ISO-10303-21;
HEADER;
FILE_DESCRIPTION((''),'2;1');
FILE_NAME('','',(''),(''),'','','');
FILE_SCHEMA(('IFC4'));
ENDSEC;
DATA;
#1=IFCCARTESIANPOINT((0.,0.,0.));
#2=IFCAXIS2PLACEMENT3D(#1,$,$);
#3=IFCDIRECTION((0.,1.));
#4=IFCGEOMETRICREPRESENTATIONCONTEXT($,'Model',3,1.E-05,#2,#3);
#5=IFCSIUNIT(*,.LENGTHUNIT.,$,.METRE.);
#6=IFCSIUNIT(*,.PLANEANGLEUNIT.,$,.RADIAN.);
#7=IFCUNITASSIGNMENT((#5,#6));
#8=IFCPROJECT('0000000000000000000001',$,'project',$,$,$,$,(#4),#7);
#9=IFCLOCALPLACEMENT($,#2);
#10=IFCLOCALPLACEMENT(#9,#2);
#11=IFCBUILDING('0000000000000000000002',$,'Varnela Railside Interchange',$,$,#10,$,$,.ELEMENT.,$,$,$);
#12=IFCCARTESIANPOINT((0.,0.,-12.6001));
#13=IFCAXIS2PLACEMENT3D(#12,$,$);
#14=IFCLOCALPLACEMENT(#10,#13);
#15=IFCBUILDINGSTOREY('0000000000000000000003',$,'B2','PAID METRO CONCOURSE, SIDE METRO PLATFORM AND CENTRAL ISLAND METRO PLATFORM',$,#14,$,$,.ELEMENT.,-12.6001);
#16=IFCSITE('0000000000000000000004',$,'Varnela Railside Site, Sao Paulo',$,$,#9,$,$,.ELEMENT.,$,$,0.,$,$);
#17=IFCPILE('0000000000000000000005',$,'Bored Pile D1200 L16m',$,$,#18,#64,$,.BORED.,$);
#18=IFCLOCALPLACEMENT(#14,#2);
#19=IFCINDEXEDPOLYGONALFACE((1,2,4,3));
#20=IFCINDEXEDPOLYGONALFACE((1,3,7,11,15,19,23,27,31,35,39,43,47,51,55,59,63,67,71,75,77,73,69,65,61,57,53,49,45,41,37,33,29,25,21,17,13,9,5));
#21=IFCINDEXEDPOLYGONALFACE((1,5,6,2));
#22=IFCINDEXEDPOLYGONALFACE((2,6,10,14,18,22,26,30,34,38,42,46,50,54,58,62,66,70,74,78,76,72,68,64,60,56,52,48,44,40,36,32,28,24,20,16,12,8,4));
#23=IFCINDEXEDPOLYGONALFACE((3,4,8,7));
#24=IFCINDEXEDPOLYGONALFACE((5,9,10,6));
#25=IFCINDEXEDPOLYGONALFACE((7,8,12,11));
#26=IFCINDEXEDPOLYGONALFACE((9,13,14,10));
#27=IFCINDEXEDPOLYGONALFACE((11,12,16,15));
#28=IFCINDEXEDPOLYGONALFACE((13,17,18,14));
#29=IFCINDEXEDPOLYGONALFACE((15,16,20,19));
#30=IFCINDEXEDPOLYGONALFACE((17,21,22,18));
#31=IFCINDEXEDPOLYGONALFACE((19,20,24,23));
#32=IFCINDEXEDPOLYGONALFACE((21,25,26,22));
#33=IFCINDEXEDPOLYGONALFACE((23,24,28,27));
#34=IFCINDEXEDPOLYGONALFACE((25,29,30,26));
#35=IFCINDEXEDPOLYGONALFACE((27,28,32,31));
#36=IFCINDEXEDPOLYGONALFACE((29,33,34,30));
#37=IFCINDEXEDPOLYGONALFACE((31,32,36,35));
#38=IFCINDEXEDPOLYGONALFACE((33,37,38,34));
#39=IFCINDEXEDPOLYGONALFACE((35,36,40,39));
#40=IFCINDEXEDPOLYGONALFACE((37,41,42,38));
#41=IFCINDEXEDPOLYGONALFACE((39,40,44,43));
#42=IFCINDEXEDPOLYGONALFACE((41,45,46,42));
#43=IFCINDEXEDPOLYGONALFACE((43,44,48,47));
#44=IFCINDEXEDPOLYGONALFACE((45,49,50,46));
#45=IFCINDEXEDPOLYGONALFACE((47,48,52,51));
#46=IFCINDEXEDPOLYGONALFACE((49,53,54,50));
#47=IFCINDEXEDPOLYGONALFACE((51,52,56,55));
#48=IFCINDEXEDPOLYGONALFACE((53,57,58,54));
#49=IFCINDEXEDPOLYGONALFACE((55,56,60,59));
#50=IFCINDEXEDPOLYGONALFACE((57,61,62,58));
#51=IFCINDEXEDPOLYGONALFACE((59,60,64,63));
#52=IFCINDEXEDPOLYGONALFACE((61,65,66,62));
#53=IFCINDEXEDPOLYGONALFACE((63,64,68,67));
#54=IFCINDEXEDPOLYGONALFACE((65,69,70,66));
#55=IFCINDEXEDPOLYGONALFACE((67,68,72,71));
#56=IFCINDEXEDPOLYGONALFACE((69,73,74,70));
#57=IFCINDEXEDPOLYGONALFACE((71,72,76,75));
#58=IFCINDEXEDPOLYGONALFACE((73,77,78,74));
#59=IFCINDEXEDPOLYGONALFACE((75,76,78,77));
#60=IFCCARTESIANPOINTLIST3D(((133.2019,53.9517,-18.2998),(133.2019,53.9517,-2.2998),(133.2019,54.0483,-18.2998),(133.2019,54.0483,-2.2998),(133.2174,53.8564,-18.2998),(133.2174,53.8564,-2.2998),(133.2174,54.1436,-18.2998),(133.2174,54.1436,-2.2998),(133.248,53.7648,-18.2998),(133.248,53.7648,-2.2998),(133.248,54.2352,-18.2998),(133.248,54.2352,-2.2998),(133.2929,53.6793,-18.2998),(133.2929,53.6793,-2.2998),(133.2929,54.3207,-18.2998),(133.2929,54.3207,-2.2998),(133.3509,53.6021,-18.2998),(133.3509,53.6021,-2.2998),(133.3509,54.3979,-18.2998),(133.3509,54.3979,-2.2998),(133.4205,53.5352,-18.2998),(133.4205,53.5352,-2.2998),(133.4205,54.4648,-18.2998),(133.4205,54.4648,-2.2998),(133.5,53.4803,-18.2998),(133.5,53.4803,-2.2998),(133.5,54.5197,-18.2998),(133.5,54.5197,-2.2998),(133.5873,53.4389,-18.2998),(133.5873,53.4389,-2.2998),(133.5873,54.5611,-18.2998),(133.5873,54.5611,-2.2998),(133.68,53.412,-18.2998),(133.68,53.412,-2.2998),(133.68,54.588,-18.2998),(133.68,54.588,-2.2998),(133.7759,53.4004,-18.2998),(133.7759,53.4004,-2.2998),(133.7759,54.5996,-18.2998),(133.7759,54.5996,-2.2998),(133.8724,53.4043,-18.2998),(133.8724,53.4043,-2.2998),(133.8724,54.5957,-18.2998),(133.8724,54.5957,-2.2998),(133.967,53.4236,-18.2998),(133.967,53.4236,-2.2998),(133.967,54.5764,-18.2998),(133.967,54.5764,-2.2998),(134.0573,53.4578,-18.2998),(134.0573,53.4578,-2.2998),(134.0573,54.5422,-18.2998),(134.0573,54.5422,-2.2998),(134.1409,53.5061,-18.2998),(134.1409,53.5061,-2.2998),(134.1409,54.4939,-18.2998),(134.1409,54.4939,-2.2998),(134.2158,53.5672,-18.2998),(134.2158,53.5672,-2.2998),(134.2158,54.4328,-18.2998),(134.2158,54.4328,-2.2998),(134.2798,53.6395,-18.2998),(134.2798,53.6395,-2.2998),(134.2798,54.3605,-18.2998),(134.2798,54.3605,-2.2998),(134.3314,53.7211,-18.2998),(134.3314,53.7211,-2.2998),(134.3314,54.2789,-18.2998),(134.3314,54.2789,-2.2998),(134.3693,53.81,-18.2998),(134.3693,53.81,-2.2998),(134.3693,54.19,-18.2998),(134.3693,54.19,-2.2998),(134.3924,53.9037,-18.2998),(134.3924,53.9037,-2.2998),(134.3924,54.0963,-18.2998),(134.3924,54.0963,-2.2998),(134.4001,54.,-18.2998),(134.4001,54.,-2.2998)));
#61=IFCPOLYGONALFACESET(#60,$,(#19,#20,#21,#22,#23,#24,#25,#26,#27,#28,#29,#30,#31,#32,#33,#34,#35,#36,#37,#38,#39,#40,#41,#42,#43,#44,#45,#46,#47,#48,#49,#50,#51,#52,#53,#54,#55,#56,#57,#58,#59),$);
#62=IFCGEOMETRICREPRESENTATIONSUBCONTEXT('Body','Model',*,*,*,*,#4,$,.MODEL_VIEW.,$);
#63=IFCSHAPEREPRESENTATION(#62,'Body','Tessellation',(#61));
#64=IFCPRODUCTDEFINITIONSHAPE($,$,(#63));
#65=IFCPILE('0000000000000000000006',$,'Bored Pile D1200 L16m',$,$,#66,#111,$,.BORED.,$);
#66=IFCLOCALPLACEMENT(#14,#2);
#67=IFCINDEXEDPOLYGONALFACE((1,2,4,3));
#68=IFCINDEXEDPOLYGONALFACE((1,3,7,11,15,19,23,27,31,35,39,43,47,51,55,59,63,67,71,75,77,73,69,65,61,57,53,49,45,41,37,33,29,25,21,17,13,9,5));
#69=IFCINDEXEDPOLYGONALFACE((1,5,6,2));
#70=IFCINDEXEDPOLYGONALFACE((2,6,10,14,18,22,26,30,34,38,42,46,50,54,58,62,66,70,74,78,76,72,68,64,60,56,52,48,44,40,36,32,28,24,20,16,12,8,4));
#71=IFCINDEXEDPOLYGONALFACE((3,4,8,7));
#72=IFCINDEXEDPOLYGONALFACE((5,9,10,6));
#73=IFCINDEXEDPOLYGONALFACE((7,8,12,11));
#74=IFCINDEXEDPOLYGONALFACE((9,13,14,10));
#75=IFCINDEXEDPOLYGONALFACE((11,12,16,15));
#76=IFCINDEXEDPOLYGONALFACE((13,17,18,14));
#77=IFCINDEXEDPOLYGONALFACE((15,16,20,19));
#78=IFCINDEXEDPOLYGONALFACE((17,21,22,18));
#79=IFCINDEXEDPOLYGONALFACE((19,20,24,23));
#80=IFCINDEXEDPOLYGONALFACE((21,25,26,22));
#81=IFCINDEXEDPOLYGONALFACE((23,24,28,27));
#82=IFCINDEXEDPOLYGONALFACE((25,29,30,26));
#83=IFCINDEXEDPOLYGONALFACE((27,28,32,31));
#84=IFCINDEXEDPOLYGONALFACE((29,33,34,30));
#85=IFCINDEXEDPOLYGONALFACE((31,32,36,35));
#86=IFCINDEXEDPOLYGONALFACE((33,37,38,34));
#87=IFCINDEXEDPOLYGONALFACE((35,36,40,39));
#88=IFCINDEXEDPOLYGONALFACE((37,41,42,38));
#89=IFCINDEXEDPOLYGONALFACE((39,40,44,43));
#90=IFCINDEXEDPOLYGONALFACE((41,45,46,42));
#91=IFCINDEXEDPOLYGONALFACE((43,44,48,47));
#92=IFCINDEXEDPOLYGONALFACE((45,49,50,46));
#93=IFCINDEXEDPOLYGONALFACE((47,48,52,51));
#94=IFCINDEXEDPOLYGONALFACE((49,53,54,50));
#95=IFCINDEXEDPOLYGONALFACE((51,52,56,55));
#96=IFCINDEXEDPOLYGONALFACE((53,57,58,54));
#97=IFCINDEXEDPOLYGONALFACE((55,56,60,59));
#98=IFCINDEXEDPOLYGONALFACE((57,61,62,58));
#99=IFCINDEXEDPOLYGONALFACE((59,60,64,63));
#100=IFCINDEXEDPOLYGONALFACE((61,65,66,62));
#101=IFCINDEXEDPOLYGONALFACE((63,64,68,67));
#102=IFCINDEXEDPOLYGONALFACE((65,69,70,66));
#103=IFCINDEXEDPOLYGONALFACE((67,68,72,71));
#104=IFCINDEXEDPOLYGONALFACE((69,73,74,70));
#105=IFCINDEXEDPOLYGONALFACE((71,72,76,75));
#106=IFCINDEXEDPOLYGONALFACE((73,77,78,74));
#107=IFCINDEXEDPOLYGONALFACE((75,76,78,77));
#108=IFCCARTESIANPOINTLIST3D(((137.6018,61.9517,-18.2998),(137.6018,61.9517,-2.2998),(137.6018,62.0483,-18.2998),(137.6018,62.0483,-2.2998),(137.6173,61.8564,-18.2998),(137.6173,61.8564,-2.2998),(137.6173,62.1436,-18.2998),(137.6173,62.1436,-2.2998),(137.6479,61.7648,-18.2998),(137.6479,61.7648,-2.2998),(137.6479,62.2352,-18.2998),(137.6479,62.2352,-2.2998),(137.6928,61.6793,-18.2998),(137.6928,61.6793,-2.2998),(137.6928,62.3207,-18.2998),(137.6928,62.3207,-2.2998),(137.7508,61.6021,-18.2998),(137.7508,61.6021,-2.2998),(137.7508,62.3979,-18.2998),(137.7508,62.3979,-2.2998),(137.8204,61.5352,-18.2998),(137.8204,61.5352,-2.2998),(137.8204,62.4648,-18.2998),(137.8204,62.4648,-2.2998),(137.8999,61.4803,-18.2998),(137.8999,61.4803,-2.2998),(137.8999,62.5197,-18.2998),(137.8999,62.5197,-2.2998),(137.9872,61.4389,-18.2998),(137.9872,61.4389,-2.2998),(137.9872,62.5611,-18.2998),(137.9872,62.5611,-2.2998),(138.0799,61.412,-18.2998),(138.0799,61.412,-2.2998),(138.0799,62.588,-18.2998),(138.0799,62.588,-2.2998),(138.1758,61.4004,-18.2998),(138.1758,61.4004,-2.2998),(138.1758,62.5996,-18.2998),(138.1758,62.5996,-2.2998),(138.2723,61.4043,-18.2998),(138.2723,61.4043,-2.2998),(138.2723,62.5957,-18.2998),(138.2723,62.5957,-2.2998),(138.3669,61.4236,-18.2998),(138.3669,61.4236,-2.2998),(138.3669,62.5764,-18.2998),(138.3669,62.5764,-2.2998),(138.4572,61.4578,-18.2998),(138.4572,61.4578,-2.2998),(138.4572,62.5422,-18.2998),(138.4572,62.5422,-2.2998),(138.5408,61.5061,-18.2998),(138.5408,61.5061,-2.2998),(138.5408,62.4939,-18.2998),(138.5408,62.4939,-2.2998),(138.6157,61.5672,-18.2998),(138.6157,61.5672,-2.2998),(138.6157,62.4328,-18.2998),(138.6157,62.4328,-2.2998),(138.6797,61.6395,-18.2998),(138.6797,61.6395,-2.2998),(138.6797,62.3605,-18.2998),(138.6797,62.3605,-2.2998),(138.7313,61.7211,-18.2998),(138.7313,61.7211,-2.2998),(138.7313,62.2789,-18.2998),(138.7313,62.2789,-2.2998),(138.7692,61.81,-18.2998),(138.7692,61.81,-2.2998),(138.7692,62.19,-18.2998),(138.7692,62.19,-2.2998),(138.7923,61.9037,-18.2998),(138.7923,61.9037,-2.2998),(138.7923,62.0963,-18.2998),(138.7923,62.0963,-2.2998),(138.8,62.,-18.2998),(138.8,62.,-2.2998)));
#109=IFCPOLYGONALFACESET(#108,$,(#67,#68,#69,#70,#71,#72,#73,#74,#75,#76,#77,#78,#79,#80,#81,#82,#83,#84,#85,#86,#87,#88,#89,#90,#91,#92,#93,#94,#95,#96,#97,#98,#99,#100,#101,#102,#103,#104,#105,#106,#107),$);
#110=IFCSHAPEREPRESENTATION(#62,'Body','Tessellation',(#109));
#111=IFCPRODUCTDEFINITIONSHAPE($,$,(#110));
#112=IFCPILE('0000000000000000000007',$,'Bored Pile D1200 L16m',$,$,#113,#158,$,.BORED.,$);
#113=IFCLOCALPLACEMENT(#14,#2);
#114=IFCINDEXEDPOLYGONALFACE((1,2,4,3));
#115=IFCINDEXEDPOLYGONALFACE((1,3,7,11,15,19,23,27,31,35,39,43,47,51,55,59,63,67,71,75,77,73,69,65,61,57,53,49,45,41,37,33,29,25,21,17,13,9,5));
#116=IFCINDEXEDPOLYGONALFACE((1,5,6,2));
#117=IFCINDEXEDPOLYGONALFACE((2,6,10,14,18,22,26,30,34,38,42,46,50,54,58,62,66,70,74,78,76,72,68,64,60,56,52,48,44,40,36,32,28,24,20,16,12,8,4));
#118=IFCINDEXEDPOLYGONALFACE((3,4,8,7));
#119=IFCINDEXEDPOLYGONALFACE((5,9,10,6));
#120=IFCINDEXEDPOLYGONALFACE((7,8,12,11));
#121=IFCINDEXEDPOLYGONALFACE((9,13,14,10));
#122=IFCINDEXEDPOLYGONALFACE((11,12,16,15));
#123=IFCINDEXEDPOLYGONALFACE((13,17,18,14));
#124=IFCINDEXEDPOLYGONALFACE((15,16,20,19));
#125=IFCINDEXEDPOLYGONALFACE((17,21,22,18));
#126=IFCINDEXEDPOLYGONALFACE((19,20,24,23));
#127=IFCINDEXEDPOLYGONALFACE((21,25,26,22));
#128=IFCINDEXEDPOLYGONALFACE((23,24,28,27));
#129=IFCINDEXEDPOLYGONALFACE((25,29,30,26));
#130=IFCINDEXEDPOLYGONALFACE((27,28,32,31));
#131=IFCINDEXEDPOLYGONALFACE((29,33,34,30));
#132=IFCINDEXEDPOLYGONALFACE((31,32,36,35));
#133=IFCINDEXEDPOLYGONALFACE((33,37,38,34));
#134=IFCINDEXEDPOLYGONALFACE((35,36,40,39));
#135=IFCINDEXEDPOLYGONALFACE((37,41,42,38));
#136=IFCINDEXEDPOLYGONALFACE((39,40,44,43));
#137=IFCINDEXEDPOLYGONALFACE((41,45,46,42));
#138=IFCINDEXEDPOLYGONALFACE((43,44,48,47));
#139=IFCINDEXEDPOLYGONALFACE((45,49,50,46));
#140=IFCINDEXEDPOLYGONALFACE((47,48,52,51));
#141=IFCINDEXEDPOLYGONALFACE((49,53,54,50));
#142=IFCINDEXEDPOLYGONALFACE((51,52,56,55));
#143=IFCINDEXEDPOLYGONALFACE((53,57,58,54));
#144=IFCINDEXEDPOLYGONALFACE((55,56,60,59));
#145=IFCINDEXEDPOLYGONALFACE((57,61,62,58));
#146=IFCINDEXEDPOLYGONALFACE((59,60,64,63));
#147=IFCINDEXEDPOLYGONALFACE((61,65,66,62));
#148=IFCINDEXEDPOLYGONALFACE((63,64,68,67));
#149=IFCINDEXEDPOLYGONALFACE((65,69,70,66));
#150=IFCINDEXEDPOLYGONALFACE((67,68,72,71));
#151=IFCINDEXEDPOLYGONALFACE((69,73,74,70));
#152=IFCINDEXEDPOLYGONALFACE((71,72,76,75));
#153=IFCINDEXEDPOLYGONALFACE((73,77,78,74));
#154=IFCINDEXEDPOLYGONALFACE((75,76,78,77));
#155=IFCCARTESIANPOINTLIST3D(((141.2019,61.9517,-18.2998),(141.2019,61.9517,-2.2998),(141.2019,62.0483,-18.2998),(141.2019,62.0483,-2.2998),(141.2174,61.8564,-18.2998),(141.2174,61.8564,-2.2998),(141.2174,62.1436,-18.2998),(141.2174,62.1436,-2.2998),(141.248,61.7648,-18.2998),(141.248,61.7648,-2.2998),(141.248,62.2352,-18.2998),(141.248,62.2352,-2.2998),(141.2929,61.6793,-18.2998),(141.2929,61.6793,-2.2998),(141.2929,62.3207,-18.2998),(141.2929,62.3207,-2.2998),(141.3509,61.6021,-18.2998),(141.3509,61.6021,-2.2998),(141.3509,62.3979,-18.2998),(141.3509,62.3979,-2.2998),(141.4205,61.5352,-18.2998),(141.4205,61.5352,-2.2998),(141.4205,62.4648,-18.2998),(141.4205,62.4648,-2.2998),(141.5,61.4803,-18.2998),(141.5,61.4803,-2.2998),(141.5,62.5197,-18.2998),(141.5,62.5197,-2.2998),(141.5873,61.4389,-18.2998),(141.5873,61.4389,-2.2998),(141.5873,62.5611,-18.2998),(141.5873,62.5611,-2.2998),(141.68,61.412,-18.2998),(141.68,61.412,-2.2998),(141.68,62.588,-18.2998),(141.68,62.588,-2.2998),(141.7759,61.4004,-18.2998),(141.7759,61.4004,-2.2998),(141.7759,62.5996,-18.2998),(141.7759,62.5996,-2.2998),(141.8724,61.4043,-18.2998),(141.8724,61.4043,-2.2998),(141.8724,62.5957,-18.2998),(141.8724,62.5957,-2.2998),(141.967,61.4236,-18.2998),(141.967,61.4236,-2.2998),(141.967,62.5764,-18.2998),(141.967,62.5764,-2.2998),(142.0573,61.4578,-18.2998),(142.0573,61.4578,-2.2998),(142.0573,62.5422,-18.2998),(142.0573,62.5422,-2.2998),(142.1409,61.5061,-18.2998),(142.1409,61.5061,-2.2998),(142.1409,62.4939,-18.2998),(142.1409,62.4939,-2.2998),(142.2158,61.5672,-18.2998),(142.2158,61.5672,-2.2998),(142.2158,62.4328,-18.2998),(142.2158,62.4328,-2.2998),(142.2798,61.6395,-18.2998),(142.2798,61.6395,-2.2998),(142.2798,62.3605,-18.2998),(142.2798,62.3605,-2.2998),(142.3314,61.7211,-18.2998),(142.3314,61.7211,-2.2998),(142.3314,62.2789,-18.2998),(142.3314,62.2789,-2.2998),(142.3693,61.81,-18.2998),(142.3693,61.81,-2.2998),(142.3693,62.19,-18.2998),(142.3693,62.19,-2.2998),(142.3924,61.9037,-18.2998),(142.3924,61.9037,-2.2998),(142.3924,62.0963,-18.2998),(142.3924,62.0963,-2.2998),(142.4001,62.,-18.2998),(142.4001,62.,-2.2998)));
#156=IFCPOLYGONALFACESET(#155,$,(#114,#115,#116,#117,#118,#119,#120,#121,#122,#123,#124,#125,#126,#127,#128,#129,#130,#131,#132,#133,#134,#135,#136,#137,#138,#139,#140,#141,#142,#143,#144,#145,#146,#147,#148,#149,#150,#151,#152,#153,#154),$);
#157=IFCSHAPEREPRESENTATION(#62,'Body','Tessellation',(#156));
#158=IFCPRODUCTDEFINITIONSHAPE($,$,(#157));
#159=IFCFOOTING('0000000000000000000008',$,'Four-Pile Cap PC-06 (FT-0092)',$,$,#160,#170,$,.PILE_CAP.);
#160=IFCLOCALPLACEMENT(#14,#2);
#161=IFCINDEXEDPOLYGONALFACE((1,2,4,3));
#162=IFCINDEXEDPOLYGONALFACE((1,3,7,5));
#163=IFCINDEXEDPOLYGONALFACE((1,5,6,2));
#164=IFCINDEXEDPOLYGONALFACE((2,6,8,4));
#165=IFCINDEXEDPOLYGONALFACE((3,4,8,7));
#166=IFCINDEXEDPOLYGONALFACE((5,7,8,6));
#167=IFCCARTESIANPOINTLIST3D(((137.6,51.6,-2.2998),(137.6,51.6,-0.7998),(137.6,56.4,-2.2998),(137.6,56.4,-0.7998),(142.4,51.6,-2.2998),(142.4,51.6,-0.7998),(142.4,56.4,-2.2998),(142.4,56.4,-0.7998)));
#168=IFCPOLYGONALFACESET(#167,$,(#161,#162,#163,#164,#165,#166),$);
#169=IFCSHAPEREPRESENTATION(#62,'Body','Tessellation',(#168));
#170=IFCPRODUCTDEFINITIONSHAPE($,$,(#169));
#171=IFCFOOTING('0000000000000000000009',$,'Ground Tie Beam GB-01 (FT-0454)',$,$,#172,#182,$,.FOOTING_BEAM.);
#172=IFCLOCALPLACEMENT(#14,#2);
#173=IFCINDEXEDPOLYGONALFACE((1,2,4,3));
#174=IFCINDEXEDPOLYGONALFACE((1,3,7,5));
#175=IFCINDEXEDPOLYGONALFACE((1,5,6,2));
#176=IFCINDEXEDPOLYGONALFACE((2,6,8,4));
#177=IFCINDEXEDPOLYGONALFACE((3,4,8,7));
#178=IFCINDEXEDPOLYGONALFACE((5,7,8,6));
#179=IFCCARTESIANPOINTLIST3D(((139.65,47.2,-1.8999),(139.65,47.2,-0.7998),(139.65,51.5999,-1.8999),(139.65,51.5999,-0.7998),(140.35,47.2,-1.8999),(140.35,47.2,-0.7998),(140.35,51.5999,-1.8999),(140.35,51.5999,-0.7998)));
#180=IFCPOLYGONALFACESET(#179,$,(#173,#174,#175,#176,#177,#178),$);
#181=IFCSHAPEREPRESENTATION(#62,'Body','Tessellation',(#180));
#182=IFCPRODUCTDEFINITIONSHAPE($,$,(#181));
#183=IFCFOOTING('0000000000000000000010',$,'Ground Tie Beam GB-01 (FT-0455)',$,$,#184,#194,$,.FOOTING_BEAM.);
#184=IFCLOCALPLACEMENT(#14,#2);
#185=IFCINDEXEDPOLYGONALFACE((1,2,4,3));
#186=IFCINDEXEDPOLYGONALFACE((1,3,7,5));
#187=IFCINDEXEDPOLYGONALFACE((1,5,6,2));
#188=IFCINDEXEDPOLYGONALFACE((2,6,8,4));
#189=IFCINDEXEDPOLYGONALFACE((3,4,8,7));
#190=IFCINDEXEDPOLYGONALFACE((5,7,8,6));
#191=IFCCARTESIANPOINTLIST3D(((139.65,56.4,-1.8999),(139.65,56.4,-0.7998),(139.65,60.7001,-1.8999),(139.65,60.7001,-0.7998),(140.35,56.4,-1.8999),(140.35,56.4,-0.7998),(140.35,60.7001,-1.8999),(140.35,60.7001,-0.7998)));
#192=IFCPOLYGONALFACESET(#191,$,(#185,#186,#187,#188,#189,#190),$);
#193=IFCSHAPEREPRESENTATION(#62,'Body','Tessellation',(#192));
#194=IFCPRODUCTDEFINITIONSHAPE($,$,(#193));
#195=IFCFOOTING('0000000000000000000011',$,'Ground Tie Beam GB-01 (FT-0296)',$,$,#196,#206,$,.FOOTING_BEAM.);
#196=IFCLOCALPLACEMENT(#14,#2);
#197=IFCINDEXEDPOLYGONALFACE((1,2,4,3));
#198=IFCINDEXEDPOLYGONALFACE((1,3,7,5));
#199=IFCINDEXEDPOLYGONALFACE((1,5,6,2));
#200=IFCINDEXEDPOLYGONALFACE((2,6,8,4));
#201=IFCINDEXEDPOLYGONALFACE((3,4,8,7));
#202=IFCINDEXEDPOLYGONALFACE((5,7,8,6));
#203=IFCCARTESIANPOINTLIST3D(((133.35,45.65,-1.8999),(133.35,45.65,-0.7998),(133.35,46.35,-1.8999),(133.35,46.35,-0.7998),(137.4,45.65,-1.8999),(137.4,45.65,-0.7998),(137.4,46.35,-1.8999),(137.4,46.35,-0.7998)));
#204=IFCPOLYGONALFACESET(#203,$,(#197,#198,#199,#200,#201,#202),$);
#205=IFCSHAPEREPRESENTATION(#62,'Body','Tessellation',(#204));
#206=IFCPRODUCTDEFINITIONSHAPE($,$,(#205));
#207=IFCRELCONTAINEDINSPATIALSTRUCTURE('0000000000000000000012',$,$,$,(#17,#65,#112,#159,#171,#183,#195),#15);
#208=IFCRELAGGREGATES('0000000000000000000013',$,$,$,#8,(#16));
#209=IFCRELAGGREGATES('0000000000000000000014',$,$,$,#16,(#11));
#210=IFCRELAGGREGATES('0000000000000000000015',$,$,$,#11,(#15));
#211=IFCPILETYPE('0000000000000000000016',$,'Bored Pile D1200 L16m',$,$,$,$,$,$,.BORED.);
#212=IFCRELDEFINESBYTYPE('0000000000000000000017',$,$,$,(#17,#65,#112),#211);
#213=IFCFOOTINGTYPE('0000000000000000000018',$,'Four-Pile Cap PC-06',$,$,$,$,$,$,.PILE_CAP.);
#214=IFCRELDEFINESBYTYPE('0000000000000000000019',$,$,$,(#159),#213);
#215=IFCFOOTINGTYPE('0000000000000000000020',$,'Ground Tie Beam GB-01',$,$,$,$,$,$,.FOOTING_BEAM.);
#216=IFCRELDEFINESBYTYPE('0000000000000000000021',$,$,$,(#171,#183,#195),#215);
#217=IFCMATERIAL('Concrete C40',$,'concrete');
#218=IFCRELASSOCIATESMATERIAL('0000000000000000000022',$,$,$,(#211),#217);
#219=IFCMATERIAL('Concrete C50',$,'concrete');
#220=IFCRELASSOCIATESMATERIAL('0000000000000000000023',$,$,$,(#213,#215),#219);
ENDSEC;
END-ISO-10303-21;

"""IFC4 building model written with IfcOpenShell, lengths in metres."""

from ifc_helpers import new_model, si_unit, direction, frame, origin, origin_2d, place, context, subcontext, project, spatial, rectangle, circle, extrude, material, material_profile, profile_set, type_object, element, save


model = new_model("IFC4")

# Units and contexts
model_context = context("Model", 3, precision=1e-05, world=origin(), true_north=direction((0.0, 1.0)))
body_context = subcontext(model_context, "Body", "Model", "MODEL_VIEW")
ifc_project = project(units=[si_unit("LENGTHUNIT", "METRE"), si_unit("PLANEANGLEUNIT", "RADIAN")], contexts=[model_context])

# Site, building, storey
site_placement = place(None, origin())
site = spatial("IfcSite", under=ifc_project, at=site_placement, Name="Varnela Railside Site, Sao Paulo", CompositionType="ELEMENT", RefElevation=0.0)
building_placement = place(site_placement, origin())
building = spatial("IfcBuilding", under=site, at=building_placement, Name="Varnela Railside Interchange", CompositionType="ELEMENT")
storey_placement = place(building_placement, frame((0.0, 0.0, -12.6001)))
storey = spatial("IfcBuildingStorey", under=building, at=storey_placement, Name="B2", Description="PAID METRO CONCOURSE, SIDE METRO PLATFORM AND CENTRAL ISLAND METRO PLATFORM", CompositionType="ELEMENT", Elevation=-12.6001)

# Piles
ifc_material_1 = material(Name="Concrete C40", Category="concrete")
ifc_material_profile_1 = material_profile(ifc_material_1, circle(Radius=0.6001, at=origin_2d()), Name="BORED PILE D1200")
ifc_profile_set_1 = profile_set([ifc_material_profile_1], Name="Concrete C40")
pile_type_1 = type_object("IfcPileType", Name="Bored Pile D1200 L16m", PredefinedType="BORED", material=ifc_profile_set_1)
for number, where, z_axis, x_axis, name in (
    (1, (133.8, 54.0, -2.2998), (0.0, 0.0, -1.0), (1.0, 0.0, 0.0), "Bored Pile D1200 L16m"),
    (2, (138.2, 62.0, -2.2998), (0.0, 0.0, -1.0), (1.0, 0.0, 0.0), "Bored Pile D1200 L16m"),
    (3, (141.8, 62.0, -2.2998), (0.0, 0.0, -1.0), (1.0, 0.0, 0.0), "Bored Pile D1200 L16m"),
):
    element("IfcPile", number, at=place(storey_placement, frame(where, z_axis=z_axis, x_axis=x_axis)), inside=storey, type_object=pile_type_1, Name=name, PredefinedType="BORED", context=body_context, shape_type="SweptSolid", body=[
        extrude(circle(Radius=0.6001, at=origin_2d()), origin(), (0.0, 0.0, 1.0), 16.0),
    ])

# Footings
ifc_material_2 = material(Name="Concrete C50", Category="concrete")
footing_type_1 = type_object("IfcFootingType", Name="Four-Pile Cap PC-06", PredefinedType="PILE_CAP", material=ifc_material_2)
footing_1_placement = place(storey_placement, frame((140.0, 54.0, -2.2998), z_axis=(0.0, 0.0, 1.0), x_axis=(1.0, 0.0, 0.0)))
element("IfcFooting", 4, at=footing_1_placement, inside=storey, type_object=footing_type_1, Name="Four-Pile Cap PC-06 (FT-0092)", PredefinedType="PILE_CAP", context=body_context, shape_type="SweptSolid", body=[
    extrude(rectangle(XDim=4.8, YDim=4.8, at=origin_2d()), origin(), (0.0, 0.0, 1.0), 1.5),
])
footing_type_2 = type_object("IfcFootingType", Name="Ground Tie Beam GB-01", PredefinedType="FOOTING_BEAM", material=ifc_material_2)
footing_2_placement = place(storey_placement, frame((140.0, 49.3999, -1.8999), z_axis=(0.0, 0.0, 1.0), x_axis=(1.0, 0.0, 0.0)))
element("IfcFooting", 5, at=footing_2_placement, inside=storey, type_object=footing_type_2, Name="Ground Tie Beam GB-01 (FT-0454)", PredefinedType="FOOTING_BEAM", context=body_context, shape_type="SweptSolid", body=[
    extrude(rectangle(XDim=0.7, YDim=4.3999, at=origin_2d()), origin(), (0.0, 0.0, 1.0), 1.1001),
])
footing_3_placement = place(storey_placement, frame((140.0, 58.55, -1.8999), z_axis=(0.0, 0.0, 1.0), x_axis=(1.0, 0.0, 0.0)))
element("IfcFooting", 6, at=footing_3_placement, inside=storey, type_object=footing_type_2, Name="Ground Tie Beam GB-01 (FT-0455)", PredefinedType="FOOTING_BEAM", context=body_context, shape_type="SweptSolid", body=[
    extrude(rectangle(XDim=0.7, YDim=4.3, at=origin_2d()), origin(), (0.0, 0.0, 1.0), 1.1001),
])
footing_4_placement = place(storey_placement, frame((135.375, 46.0, -1.8999), z_axis=(0.0, 0.0, 1.0), x_axis=(1.0, 0.0, 0.0)))
element("IfcFooting", 7, at=footing_4_placement, inside=storey, type_object=footing_type_2, Name="Ground Tie Beam GB-01 (FT-0296)", PredefinedType="FOOTING_BEAM", context=body_context, shape_type="SweptSolid", body=[
    extrude(rectangle(XDim=4.05, YDim=0.7, at=origin_2d()), origin(), (0.0, 0.0, 1.0), 1.1001),
])

save(model, "model.ifc")
